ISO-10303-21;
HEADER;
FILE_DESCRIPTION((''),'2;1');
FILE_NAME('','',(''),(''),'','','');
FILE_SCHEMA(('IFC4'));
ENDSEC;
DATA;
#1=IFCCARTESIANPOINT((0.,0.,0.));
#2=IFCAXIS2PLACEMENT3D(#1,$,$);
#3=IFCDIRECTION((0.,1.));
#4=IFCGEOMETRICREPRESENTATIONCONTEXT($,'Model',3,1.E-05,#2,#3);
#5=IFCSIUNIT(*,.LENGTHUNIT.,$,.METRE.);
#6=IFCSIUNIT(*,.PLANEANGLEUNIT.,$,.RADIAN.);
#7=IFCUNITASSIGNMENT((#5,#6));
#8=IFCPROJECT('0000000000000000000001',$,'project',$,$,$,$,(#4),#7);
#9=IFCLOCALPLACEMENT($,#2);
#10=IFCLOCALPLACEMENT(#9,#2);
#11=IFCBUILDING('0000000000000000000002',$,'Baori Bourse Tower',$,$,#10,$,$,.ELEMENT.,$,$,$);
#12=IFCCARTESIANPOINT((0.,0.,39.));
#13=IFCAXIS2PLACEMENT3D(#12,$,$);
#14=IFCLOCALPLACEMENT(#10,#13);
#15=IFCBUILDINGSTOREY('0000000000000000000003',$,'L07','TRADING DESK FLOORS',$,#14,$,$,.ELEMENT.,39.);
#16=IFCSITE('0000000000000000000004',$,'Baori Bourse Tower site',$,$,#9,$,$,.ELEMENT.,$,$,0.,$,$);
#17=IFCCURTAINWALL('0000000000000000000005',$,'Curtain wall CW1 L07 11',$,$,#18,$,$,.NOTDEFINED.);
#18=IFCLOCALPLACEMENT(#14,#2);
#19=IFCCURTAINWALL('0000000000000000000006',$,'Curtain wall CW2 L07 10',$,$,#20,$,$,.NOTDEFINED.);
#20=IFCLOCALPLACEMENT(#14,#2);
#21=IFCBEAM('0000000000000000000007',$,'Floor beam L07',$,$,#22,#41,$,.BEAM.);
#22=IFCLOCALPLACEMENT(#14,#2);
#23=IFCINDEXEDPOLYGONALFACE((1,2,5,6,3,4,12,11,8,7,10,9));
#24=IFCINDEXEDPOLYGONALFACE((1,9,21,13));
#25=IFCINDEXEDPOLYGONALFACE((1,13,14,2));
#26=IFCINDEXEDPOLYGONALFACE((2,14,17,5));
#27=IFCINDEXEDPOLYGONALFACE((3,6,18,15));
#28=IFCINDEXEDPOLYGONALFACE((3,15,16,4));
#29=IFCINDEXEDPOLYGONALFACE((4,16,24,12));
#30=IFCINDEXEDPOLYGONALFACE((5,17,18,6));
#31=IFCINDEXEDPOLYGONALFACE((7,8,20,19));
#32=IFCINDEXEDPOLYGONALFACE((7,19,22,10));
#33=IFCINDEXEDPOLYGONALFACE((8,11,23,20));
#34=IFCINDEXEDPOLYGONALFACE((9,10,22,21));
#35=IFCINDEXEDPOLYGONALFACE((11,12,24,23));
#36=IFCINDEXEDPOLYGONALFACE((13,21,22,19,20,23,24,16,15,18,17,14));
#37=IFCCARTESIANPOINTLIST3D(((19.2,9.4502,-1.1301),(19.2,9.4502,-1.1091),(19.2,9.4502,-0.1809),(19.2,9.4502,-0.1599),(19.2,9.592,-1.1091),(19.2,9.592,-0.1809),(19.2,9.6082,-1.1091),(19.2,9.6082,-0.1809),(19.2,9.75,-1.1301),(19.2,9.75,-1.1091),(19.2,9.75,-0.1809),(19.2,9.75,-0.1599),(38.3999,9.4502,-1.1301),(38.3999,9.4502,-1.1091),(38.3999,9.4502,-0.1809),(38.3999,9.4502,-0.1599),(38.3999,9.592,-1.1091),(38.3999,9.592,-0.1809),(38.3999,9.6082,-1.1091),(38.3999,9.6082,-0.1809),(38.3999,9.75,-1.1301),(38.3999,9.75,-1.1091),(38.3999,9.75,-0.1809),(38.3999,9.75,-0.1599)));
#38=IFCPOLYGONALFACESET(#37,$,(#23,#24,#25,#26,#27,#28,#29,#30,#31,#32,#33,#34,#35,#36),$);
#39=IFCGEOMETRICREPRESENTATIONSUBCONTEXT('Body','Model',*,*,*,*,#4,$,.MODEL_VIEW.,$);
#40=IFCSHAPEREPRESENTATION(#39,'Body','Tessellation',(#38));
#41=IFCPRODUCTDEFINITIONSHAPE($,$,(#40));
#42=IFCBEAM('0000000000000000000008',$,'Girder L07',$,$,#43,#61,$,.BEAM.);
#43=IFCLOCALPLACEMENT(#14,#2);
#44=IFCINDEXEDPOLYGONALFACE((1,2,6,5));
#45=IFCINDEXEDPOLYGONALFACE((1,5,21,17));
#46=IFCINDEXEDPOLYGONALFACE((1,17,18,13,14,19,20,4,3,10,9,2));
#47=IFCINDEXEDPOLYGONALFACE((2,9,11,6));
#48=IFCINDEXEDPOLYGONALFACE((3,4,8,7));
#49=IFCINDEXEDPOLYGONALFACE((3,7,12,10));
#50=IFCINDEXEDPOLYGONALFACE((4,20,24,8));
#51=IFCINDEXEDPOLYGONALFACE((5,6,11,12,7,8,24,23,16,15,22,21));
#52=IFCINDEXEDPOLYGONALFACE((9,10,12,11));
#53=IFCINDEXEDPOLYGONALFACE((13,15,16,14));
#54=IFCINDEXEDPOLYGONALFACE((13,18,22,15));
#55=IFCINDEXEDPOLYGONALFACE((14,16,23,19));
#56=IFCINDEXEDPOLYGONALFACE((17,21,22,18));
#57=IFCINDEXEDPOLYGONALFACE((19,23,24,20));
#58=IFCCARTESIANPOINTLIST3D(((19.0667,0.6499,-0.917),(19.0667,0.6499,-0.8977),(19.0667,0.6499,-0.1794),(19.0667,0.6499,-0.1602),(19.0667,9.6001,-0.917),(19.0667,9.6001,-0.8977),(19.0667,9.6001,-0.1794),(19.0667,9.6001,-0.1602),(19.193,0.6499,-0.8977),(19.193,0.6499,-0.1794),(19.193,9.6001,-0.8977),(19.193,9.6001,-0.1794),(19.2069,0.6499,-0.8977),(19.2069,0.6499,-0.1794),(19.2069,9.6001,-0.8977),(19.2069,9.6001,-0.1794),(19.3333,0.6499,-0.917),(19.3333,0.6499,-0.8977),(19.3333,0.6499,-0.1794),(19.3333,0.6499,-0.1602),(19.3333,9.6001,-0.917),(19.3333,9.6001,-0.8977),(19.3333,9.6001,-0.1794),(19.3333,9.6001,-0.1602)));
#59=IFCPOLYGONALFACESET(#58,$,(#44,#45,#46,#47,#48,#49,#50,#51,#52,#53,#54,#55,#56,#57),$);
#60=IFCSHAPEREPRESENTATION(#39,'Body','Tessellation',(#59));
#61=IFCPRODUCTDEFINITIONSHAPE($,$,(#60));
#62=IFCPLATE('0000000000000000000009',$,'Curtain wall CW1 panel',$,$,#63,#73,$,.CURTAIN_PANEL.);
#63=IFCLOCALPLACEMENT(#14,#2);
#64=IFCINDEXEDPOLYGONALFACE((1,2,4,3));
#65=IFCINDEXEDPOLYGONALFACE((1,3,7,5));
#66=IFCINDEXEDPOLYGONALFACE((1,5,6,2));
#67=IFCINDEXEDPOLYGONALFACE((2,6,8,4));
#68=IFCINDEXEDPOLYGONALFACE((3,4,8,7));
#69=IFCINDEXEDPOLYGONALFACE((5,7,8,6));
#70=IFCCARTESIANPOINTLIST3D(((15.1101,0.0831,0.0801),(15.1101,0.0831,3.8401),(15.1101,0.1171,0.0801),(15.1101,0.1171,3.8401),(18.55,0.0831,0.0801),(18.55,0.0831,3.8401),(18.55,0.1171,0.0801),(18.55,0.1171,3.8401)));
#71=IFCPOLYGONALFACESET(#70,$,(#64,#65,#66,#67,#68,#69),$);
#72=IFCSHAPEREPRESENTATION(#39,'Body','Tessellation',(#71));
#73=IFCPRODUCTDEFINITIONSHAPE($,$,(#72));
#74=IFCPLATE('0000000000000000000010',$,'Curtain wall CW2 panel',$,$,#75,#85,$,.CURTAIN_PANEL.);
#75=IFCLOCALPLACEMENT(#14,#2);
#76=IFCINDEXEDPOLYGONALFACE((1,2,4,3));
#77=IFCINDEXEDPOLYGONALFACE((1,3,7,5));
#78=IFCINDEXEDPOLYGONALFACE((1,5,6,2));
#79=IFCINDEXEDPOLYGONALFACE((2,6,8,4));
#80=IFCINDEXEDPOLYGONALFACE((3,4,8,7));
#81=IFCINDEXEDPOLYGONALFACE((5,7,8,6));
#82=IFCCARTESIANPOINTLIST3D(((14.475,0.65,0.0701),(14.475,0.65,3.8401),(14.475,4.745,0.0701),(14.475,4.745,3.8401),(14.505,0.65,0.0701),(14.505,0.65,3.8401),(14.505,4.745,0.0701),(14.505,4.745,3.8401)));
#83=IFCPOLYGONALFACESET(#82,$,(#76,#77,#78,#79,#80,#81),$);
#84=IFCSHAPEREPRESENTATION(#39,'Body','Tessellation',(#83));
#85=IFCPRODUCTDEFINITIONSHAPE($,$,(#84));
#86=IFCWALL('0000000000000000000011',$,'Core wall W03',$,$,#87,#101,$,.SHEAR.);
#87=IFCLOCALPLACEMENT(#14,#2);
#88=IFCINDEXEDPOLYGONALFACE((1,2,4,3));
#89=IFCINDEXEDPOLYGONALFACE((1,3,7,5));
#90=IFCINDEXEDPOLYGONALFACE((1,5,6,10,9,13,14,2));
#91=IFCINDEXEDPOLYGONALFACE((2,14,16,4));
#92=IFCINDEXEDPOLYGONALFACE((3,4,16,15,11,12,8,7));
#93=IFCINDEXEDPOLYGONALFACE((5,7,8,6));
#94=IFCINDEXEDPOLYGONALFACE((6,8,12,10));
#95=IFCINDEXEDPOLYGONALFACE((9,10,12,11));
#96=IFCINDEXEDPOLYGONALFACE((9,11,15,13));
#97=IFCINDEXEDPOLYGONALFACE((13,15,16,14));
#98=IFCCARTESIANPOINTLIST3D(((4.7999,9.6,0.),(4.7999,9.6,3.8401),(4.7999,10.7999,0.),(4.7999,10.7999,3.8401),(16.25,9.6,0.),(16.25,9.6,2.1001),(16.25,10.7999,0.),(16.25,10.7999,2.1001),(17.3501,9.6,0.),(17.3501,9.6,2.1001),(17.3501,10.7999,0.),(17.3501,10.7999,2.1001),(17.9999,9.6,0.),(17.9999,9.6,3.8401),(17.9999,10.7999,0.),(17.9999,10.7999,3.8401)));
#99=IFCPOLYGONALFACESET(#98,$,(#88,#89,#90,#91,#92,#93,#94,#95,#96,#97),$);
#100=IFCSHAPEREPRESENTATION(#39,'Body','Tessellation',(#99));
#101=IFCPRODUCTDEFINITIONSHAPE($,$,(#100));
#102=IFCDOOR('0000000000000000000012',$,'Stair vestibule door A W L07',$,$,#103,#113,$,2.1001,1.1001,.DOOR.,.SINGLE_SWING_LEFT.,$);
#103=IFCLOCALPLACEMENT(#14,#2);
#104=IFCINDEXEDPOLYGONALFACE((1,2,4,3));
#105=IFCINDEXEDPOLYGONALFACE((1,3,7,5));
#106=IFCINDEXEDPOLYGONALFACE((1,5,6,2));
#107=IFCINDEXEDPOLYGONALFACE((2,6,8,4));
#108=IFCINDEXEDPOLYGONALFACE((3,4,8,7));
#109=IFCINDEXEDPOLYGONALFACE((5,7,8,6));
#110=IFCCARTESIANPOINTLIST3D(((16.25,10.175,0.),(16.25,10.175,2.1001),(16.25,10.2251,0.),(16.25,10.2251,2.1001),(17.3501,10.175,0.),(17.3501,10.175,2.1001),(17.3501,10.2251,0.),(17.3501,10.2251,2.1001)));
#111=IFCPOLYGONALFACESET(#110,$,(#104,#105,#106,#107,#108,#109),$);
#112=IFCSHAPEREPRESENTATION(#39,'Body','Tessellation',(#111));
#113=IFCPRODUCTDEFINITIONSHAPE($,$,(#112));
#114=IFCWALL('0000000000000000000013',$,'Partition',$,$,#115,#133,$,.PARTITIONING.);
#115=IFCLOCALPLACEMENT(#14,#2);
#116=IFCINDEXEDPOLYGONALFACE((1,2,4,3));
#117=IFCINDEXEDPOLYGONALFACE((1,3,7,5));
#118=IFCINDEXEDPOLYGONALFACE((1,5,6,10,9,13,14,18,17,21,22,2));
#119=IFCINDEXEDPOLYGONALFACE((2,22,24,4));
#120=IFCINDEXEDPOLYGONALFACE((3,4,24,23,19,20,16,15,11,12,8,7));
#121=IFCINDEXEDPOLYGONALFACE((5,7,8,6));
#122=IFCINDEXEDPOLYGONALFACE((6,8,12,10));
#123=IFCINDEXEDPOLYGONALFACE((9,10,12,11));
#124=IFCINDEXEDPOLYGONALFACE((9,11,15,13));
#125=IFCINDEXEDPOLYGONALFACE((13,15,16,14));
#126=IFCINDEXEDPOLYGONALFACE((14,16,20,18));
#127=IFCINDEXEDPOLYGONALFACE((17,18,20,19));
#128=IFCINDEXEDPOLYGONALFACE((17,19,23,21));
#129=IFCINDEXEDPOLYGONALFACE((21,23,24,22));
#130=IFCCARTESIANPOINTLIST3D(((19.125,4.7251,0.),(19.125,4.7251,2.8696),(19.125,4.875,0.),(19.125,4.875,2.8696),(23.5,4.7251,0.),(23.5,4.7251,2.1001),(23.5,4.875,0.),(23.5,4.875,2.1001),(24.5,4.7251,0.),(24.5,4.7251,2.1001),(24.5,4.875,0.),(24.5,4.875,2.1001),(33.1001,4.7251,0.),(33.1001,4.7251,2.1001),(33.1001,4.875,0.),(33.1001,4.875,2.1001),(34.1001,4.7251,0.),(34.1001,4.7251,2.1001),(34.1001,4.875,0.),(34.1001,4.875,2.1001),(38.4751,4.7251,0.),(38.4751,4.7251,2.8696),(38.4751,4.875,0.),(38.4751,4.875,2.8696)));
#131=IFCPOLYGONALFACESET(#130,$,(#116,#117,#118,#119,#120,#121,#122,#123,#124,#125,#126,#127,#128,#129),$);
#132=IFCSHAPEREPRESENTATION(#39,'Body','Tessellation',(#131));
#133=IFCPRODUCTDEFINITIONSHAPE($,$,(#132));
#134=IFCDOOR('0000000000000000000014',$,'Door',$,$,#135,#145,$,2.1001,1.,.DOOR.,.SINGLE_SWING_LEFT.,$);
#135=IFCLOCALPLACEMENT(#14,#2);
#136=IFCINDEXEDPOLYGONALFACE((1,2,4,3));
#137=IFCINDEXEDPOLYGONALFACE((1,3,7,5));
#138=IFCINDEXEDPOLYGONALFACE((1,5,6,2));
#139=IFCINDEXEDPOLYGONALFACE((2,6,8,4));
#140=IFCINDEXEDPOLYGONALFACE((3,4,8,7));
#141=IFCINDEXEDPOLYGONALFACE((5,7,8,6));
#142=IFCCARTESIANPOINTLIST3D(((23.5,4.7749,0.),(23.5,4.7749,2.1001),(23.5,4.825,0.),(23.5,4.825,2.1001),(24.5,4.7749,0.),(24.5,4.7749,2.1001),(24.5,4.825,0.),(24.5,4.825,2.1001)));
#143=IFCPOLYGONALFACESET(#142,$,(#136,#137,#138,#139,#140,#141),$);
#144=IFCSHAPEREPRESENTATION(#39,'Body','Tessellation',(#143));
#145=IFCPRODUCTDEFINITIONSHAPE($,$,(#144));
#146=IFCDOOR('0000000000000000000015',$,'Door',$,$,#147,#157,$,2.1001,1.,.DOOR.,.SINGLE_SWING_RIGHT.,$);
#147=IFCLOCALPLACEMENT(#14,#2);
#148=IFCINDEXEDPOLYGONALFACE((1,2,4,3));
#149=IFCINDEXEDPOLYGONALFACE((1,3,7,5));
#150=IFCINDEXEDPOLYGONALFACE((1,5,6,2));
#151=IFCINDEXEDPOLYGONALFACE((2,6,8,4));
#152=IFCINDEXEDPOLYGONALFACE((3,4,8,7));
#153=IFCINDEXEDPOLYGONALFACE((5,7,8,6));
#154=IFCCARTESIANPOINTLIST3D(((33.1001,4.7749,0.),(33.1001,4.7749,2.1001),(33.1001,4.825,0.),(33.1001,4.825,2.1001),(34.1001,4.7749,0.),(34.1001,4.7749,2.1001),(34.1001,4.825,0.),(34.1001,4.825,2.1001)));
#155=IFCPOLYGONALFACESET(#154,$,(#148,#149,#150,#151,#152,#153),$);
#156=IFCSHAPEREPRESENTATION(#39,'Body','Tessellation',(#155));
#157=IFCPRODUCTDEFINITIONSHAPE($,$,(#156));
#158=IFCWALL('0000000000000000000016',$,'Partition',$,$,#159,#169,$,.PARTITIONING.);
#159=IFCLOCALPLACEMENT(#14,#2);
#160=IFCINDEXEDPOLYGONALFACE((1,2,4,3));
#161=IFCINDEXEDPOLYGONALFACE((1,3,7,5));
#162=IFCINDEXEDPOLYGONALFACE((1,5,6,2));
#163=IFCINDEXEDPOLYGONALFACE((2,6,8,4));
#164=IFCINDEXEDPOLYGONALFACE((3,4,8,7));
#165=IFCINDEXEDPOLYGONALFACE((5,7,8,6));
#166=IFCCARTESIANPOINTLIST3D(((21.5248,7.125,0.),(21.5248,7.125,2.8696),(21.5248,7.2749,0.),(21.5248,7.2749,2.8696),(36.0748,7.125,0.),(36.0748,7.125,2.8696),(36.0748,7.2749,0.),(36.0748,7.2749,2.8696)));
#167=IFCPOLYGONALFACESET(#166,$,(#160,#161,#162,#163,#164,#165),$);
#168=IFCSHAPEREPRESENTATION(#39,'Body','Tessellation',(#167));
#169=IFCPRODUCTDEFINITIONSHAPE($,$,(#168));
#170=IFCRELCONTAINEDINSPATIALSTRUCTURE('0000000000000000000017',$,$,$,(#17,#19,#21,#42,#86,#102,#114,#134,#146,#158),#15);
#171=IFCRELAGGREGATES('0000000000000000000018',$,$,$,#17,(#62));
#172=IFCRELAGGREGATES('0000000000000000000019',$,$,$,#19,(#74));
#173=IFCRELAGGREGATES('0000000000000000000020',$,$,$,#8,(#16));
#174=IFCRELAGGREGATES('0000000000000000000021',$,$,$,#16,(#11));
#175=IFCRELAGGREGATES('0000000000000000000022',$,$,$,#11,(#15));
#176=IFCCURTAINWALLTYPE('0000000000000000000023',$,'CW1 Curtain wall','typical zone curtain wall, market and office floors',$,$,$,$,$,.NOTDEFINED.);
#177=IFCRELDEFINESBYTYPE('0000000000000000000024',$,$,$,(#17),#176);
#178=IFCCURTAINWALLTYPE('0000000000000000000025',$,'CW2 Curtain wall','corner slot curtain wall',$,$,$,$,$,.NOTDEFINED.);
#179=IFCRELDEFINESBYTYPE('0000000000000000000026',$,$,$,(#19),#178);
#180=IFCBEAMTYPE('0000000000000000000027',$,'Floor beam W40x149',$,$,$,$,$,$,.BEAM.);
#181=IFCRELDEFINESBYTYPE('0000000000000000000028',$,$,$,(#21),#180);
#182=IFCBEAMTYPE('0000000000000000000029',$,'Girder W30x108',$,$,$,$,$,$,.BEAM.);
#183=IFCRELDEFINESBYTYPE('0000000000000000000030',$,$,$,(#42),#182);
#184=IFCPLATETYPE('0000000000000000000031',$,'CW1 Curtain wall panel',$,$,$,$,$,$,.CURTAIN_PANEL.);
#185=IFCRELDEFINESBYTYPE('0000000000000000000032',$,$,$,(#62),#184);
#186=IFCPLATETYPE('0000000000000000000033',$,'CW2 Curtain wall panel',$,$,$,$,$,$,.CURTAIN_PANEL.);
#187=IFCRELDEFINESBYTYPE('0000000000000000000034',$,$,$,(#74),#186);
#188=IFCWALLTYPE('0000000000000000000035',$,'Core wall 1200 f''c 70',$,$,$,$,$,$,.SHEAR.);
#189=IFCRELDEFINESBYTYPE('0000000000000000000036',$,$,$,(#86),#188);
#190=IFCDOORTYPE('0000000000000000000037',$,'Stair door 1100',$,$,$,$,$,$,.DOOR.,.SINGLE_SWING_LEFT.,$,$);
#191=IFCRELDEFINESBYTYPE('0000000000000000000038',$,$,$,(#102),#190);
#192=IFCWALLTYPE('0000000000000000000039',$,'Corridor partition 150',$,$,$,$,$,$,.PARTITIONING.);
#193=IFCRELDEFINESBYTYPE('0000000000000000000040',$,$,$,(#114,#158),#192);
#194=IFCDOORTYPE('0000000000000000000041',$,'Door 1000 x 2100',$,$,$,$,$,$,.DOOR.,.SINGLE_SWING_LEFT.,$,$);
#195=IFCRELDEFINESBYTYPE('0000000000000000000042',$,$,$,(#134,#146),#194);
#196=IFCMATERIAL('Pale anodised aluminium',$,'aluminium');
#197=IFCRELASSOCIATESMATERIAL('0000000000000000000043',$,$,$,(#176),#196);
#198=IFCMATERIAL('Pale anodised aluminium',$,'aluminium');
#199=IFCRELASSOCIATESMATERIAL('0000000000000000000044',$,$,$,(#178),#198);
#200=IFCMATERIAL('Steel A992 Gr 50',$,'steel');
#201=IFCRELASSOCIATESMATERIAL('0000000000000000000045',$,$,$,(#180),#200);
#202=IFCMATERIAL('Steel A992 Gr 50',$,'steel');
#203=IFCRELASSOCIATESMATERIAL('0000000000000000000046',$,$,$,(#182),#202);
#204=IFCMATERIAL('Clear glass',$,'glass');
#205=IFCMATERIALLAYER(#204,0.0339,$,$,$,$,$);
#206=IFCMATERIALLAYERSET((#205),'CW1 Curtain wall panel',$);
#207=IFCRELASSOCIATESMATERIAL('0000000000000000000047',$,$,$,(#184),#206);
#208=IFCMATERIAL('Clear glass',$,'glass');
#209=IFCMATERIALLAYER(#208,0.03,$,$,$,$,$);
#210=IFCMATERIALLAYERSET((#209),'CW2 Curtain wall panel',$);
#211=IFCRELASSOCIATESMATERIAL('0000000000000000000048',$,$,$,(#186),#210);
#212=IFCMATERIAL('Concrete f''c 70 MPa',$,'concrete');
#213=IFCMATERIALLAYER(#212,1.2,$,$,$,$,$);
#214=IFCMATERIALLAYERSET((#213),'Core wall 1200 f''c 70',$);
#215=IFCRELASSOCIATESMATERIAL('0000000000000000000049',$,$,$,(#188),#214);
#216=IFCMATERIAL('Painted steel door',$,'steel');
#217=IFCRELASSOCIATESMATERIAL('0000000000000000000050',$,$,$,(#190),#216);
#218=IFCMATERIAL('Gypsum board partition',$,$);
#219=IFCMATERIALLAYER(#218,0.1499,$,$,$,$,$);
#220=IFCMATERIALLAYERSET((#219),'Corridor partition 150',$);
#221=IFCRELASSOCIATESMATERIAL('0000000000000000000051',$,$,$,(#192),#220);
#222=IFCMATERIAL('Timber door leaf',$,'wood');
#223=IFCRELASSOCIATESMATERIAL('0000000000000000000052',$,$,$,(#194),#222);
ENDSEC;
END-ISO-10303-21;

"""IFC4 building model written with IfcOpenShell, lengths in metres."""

from ifc_helpers import new_model, si_unit, direction, frame, frame_2d, origin, origin_2d, place, context, subcontext, project, spatial, rectangle, i_section, extrude, material, layer, layer_set, material_profile, profile_set, type_object, element, fill, aggregate, save


model = new_model("IFC4")

# Units and contexts
model_context = context("Model", 3, precision=1e-05, world=origin(), true_north=direction((0.0, 1.0)))
body_context = subcontext(model_context, "Body", "Model", "MODEL_VIEW")
ifc_project = project(units=[si_unit("LENGTHUNIT", "METRE"), si_unit("PLANEANGLEUNIT", "RADIAN")], contexts=[model_context])

# Site, building, storey
site_placement = place(None, origin())
site = spatial("IfcSite", under=ifc_project, at=site_placement, Name="Baori Bourse Tower site", CompositionType="ELEMENT", RefElevation=0.0)
building_placement = place(site_placement, origin())
building = spatial("IfcBuilding", under=site, at=building_placement, Name="Baori Bourse Tower", CompositionType="ELEMENT")
storey_placement = place(building_placement, frame((0.0, 0.0, 39.0)))
storey = spatial("IfcBuildingStorey", under=building, at=storey_placement, Name="L07", Description="TRADING DESK FLOORS", CompositionType="ELEMENT", Elevation=39.0)

# Curtain walls
ifc_material_1 = material(Name="Pale anodised aluminium", Category="aluminium")
curtain_wall_type_1 = type_object("IfcCurtainWallType", Name="CW1 Curtain wall", Description="typical zone curtain wall, market and office floors", PredefinedType="NOTDEFINED", material=ifc_material_1)
curtain_wall_1_placement = place(storey_placement, origin())
curtain_wall_1 = element("IfcCurtainWall", 1, at=curtain_wall_1_placement, inside=storey, type_object=curtain_wall_type_1, Name="Curtain wall CW1 L07 11", PredefinedType="NOTDEFINED")
ifc_material_2 = material(Name="Pale anodised aluminium", Category="aluminium")
curtain_wall_type_2 = type_object("IfcCurtainWallType", Name="CW2 Curtain wall", Description="corner slot curtain wall", PredefinedType="NOTDEFINED", material=ifc_material_2)
curtain_wall_2_placement = place(storey_placement, origin())
curtain_wall_2 = element("IfcCurtainWall", 2, at=curtain_wall_2_placement, inside=storey, type_object=curtain_wall_type_2, Name="Curtain wall CW2 L07 10", PredefinedType="NOTDEFINED")

# Beams
ifc_material_3 = material(Name="Steel A992 Gr 50", Category="steel")
ifc_material_profile_1 = material_profile(ifc_material_3, i_section(OverallWidth=0.2998, OverallDepth=0.9702, WebThickness=0.0161, FlangeThickness=0.021, at=origin_2d()), Name="W40x149")
ifc_profile_set_1 = profile_set([ifc_material_profile_1], Name="Steel A992 Gr 50")
beam_type_1 = type_object("IfcBeamType", Name="Floor beam W40x149", PredefinedType="BEAM", material=ifc_profile_set_1)
beam_1_placement = place(storey_placement, frame((19.2, 9.6001, -0.645), z_axis=(1.0, 0.0, 0.0), x_axis=(0.0, 1.0, 0.0)))
element("IfcBeam", 3, at=beam_1_placement, inside=storey, type_object=beam_type_1, Name="Floor beam L07", PredefinedType="BEAM", context=body_context, shape_type="SweptSolid", body=[
    extrude(i_section(OverallWidth=0.2998, OverallDepth=0.9702, WebThickness=0.0161, FlangeThickness=0.021, at=origin_2d()), origin(), (0.0, 0.0, 1.0), 19.2),
])
ifc_material_4 = material(Name="Steel A992 Gr 50", Category="steel")
ifc_material_profile_2 = material_profile(ifc_material_4, i_section(OverallWidth=0.2666, OverallDepth=0.7568, WebThickness=0.0139, FlangeThickness=0.0193, at=origin_2d()), Name="W30x108")
ifc_profile_set_2 = profile_set([ifc_material_profile_2], Name="Steel A992 Gr 50")
beam_type_2 = type_object("IfcBeamType", Name="Girder W30x108", PredefinedType="BEAM", material=ifc_profile_set_2)
beam_2_placement = place(storey_placement, frame((19.2, 0.6499, -0.5386), z_axis=(0.0, 1.0, 0.0), x_axis=(-1.0, 0.0, 0.0)))
element("IfcBeam", 4, at=beam_2_placement, inside=storey, type_object=beam_type_2, Name="Girder L07", PredefinedType="BEAM", context=body_context, shape_type="SweptSolid", body=[
    extrude(i_section(OverallWidth=0.2666, OverallDepth=0.7568, WebThickness=0.0139, FlangeThickness=0.0193, at=origin_2d()), origin(), (0.0, 0.0, 1.0), 8.9502),
])

# Plates
ifc_material_5 = material(Name="Clear glass", Category="glass")
ifc_layer_1 = layer(ifc_material_5, 0.0339)
ifc_layer_set_1 = layer_set([ifc_layer_1], Name="CW1 Curtain wall panel")
plate_type_1 = type_object("IfcPlateType", Name="CW1 Curtain wall panel", PredefinedType="CURTAIN_PANEL", material=ifc_layer_set_1)
plate_1_placement = place(storey_placement, frame((16.8301, 0.1001, 0.0801), z_axis=(0.0, 0.0, 1.0), x_axis=(1.0, 0.0, 0.0)))
plate_1 = element("IfcPlate", 5, at=plate_1_placement, type_object=plate_type_1, Name="Curtain wall CW1 panel", PredefinedType="CURTAIN_PANEL", context=body_context, shape_type="SweptSolid", body=[
    extrude(rectangle(XDim=3.4399, YDim=0.0339, at=origin_2d()), origin(), (0.0, 0.0, 1.0), 3.76),
])
aggregate(curtain_wall_1, [plate_1])
ifc_material_6 = material(Name="Clear glass", Category="glass")
ifc_layer_2 = layer(ifc_material_6, 0.03)
ifc_layer_set_2 = layer_set([ifc_layer_2], Name="CW2 Curtain wall panel")
plate_type_2 = type_object("IfcPlateType", Name="CW2 Curtain wall panel", PredefinedType="CURTAIN_PANEL", material=ifc_layer_set_2)
plate_2_placement = place(storey_placement, frame((14.49, 2.6975, 0.0701), z_axis=(0.0, 0.0, 1.0), x_axis=(0.0, -1.0, 0.0)))
plate_2 = element("IfcPlate", 6, at=plate_2_placement, type_object=plate_type_2, Name="Curtain wall CW2 panel", PredefinedType="CURTAIN_PANEL", context=body_context, shape_type="SweptSolid", body=[
    extrude(rectangle(XDim=4.095, YDim=0.03, at=origin_2d()), origin(), (0.0, 0.0, 1.0), 3.77),
])
aggregate(curtain_wall_2, [plate_2])

# Wall, opening, door
ifc_material_7 = material(Name="Concrete f'c 70 MPa", Category="concrete")
ifc_layer_3 = layer(ifc_material_7, 1.2)
ifc_layer_set_3 = layer_set([ifc_layer_3], Name="Core wall 1200 f'c 70")
wall_type_1 = type_object("IfcWallType", Name="Core wall 1200 f'c 70", PredefinedType="SHEAR", material=ifc_layer_set_3)
wall_1_placement = place(storey_placement, frame((18.0, 10.2, 0.0), z_axis=(0.0, 0.0, 1.0), x_axis=(-1.0, 0.0, 0.0)))
wall_1 = element("IfcWall", 7, at=wall_1_placement, inside=storey, type_object=wall_type_1, Name="Core wall W03", PredefinedType="SHEAR", context=body_context, shape_type="SweptSolid", body=[
    extrude(rectangle(XDim=13.2, YDim=1.2, at=frame_2d((6.6001, 0.0))), origin(), (0.0, 0.0, 1.0), 3.8401),
])
opening_1_placement = place(wall_1_placement, frame((0.6499, 0.0, 0.0)))
opening_1 = element("IfcOpeningElement", 8, at=opening_1_placement, cuts=wall_1, PredefinedType="OPENING", context=body_context, shape_type="SweptSolid", body=[
    extrude(rectangle(XDim=1.1001, YDim=2.1001, at=frame_2d((0.55, 1.05))), frame((0.0, 0.6099, 0.0), z_axis=(0.0, -1.0, 0.0), x_axis=(1.0, 0.0, 0.0)), (0.0, 0.0, 1.0), 1.22),
])
ifc_material_8 = material(Name="Painted steel door", Category="steel")
door_type_1 = type_object("IfcDoorType", Name="Stair door 1100", OperationType="SINGLE_SWING_LEFT", PredefinedType="DOOR", material=ifc_material_8)
door_1_placement = place(opening_1_placement, origin())
door_1 = element("IfcDoor", 9, at=door_1_placement, inside=storey, type_object=door_type_1, Name="Stair vestibule door A W L07", OperationType="SINGLE_SWING_LEFT", OverallHeight=2.1001, OverallWidth=1.1001, PredefinedType="DOOR", context=body_context, shape_type="SweptSolid", body=[
    extrude(rectangle(XDim=1.1001, YDim=2.1001, at=frame_2d((0.55, 1.05))), frame((0.0, 0.0249, 0.0), z_axis=(0.0, -1.0, 0.0), x_axis=(1.0, 0.0, 0.0)), (0.0, 0.0, 1.0), 0.05),
])
fill(opening_1, door_1)

# Wall, openings, doors
ifc_material_9 = material(Name="Gypsum board partition")
ifc_layer_4 = layer(ifc_material_9, 0.1499)
ifc_layer_set_4 = layer_set([ifc_layer_4], Name="Corridor partition 150")
wall_type_2 = type_object("IfcWallType", Name="Corridor partition 150", PredefinedType="PARTITIONING", material=ifc_layer_set_4)
wall_2_placement = place(storey_placement, frame((19.125, 4.8, 0.0), z_axis=(0.0, 0.0, 1.0), x_axis=(1.0, 0.0, 0.0)))
wall_2 = element("IfcWall", 10, at=wall_2_placement, inside=storey, type_object=wall_type_2, Name="Partition", PredefinedType="PARTITIONING", context=body_context, shape_type="SweptSolid", body=[
    extrude(rectangle(XDim=19.3501, YDim=0.1499, at=frame_2d((9.675, 0.0))), origin(), (0.0, 0.0, 1.0), 2.8696),
])
opening_2_placement = place(wall_2_placement, frame((4.375, 0.0, 0.0)))
opening_2 = element("IfcOpeningElement", 11, at=opening_2_placement, cuts=wall_2, PredefinedType="OPENING", context=body_context, shape_type="SweptSolid", body=[
    extrude(rectangle(XDim=1.0, YDim=2.1001, at=frame_2d((0.5, 1.05))), frame((0.0, 0.085, 0.0), z_axis=(0.0, -1.0, 0.0), x_axis=(1.0, 0.0, 0.0)), (0.0, 0.0, 1.0), 0.1699),
])
opening_3_placement = place(wall_2_placement, frame((13.9751, 0.0, 0.0)))
opening_3 = element("IfcOpeningElement", 12, at=opening_3_placement, cuts=wall_2, PredefinedType="OPENING", context=body_context, shape_type="SweptSolid", body=[
    extrude(rectangle(XDim=1.0, YDim=2.1001, at=frame_2d((0.5, 1.05))), frame((0.0, 0.085, 0.0), z_axis=(0.0, -1.0, 0.0), x_axis=(1.0, 0.0, 0.0)), (0.0, 0.0, 1.0), 0.1699),
])
ifc_material_10 = material(Name="Timber door leaf", Category="wood")
door_type_2 = type_object("IfcDoorType", Name="Door 1000 x 2100", OperationType="SINGLE_SWING_LEFT", PredefinedType="DOOR", material=ifc_material_10)
door_2_placement = place(opening_2_placement, origin())
door_2 = element("IfcDoor", 13, at=door_2_placement, inside=storey, type_object=door_type_2, Name="Door", OperationType="SINGLE_SWING_LEFT", OverallHeight=2.1001, OverallWidth=1.0, PredefinedType="DOOR", context=body_context, shape_type="SweptSolid", body=[
    extrude(rectangle(XDim=1.0, YDim=2.1001, at=frame_2d((0.5, 1.05))), frame((0.0, 0.0249, 0.0), z_axis=(0.0, -1.0, 0.0), x_axis=(1.0, 0.0, 0.0)), (0.0, 0.0, 1.0), 0.05),
])
fill(opening_2, door_2)
door_3_placement = place(opening_3_placement, origin())
door_3 = element("IfcDoor", 14, at=door_3_placement, inside=storey, type_object=door_type_2, Name="Door", OperationType="SINGLE_SWING_RIGHT", OverallHeight=2.1001, OverallWidth=1.0, PredefinedType="DOOR", context=body_context, shape_type="SweptSolid", body=[
    extrude(rectangle(XDim=1.0, YDim=2.1001, at=frame_2d((0.5, 1.05))), frame((0.0, 0.0249, 0.0), z_axis=(0.0, -1.0, 0.0), x_axis=(1.0, 0.0, 0.0)), (0.0, 0.0, 1.0), 0.05),
])
fill(opening_3, door_3)

# Wall
wall_3_placement = place(storey_placement, frame((21.5249, 7.2, 0.0), z_axis=(0.0, 0.0, 1.0), x_axis=(1.0, 0.0, 0.0)))
element("IfcWall", 15, at=wall_3_placement, inside=storey, type_object=wall_type_2, Name="Partition", PredefinedType="PARTITIONING", context=body_context, shape_type="SweptSolid", body=[
    extrude(rectangle(XDim=14.55, YDim=0.1499, at=frame_2d((7.2749, 0.0))), origin(), (0.0, 0.0, 1.0), 2.8696),
])

save(model, "model.ifc")
